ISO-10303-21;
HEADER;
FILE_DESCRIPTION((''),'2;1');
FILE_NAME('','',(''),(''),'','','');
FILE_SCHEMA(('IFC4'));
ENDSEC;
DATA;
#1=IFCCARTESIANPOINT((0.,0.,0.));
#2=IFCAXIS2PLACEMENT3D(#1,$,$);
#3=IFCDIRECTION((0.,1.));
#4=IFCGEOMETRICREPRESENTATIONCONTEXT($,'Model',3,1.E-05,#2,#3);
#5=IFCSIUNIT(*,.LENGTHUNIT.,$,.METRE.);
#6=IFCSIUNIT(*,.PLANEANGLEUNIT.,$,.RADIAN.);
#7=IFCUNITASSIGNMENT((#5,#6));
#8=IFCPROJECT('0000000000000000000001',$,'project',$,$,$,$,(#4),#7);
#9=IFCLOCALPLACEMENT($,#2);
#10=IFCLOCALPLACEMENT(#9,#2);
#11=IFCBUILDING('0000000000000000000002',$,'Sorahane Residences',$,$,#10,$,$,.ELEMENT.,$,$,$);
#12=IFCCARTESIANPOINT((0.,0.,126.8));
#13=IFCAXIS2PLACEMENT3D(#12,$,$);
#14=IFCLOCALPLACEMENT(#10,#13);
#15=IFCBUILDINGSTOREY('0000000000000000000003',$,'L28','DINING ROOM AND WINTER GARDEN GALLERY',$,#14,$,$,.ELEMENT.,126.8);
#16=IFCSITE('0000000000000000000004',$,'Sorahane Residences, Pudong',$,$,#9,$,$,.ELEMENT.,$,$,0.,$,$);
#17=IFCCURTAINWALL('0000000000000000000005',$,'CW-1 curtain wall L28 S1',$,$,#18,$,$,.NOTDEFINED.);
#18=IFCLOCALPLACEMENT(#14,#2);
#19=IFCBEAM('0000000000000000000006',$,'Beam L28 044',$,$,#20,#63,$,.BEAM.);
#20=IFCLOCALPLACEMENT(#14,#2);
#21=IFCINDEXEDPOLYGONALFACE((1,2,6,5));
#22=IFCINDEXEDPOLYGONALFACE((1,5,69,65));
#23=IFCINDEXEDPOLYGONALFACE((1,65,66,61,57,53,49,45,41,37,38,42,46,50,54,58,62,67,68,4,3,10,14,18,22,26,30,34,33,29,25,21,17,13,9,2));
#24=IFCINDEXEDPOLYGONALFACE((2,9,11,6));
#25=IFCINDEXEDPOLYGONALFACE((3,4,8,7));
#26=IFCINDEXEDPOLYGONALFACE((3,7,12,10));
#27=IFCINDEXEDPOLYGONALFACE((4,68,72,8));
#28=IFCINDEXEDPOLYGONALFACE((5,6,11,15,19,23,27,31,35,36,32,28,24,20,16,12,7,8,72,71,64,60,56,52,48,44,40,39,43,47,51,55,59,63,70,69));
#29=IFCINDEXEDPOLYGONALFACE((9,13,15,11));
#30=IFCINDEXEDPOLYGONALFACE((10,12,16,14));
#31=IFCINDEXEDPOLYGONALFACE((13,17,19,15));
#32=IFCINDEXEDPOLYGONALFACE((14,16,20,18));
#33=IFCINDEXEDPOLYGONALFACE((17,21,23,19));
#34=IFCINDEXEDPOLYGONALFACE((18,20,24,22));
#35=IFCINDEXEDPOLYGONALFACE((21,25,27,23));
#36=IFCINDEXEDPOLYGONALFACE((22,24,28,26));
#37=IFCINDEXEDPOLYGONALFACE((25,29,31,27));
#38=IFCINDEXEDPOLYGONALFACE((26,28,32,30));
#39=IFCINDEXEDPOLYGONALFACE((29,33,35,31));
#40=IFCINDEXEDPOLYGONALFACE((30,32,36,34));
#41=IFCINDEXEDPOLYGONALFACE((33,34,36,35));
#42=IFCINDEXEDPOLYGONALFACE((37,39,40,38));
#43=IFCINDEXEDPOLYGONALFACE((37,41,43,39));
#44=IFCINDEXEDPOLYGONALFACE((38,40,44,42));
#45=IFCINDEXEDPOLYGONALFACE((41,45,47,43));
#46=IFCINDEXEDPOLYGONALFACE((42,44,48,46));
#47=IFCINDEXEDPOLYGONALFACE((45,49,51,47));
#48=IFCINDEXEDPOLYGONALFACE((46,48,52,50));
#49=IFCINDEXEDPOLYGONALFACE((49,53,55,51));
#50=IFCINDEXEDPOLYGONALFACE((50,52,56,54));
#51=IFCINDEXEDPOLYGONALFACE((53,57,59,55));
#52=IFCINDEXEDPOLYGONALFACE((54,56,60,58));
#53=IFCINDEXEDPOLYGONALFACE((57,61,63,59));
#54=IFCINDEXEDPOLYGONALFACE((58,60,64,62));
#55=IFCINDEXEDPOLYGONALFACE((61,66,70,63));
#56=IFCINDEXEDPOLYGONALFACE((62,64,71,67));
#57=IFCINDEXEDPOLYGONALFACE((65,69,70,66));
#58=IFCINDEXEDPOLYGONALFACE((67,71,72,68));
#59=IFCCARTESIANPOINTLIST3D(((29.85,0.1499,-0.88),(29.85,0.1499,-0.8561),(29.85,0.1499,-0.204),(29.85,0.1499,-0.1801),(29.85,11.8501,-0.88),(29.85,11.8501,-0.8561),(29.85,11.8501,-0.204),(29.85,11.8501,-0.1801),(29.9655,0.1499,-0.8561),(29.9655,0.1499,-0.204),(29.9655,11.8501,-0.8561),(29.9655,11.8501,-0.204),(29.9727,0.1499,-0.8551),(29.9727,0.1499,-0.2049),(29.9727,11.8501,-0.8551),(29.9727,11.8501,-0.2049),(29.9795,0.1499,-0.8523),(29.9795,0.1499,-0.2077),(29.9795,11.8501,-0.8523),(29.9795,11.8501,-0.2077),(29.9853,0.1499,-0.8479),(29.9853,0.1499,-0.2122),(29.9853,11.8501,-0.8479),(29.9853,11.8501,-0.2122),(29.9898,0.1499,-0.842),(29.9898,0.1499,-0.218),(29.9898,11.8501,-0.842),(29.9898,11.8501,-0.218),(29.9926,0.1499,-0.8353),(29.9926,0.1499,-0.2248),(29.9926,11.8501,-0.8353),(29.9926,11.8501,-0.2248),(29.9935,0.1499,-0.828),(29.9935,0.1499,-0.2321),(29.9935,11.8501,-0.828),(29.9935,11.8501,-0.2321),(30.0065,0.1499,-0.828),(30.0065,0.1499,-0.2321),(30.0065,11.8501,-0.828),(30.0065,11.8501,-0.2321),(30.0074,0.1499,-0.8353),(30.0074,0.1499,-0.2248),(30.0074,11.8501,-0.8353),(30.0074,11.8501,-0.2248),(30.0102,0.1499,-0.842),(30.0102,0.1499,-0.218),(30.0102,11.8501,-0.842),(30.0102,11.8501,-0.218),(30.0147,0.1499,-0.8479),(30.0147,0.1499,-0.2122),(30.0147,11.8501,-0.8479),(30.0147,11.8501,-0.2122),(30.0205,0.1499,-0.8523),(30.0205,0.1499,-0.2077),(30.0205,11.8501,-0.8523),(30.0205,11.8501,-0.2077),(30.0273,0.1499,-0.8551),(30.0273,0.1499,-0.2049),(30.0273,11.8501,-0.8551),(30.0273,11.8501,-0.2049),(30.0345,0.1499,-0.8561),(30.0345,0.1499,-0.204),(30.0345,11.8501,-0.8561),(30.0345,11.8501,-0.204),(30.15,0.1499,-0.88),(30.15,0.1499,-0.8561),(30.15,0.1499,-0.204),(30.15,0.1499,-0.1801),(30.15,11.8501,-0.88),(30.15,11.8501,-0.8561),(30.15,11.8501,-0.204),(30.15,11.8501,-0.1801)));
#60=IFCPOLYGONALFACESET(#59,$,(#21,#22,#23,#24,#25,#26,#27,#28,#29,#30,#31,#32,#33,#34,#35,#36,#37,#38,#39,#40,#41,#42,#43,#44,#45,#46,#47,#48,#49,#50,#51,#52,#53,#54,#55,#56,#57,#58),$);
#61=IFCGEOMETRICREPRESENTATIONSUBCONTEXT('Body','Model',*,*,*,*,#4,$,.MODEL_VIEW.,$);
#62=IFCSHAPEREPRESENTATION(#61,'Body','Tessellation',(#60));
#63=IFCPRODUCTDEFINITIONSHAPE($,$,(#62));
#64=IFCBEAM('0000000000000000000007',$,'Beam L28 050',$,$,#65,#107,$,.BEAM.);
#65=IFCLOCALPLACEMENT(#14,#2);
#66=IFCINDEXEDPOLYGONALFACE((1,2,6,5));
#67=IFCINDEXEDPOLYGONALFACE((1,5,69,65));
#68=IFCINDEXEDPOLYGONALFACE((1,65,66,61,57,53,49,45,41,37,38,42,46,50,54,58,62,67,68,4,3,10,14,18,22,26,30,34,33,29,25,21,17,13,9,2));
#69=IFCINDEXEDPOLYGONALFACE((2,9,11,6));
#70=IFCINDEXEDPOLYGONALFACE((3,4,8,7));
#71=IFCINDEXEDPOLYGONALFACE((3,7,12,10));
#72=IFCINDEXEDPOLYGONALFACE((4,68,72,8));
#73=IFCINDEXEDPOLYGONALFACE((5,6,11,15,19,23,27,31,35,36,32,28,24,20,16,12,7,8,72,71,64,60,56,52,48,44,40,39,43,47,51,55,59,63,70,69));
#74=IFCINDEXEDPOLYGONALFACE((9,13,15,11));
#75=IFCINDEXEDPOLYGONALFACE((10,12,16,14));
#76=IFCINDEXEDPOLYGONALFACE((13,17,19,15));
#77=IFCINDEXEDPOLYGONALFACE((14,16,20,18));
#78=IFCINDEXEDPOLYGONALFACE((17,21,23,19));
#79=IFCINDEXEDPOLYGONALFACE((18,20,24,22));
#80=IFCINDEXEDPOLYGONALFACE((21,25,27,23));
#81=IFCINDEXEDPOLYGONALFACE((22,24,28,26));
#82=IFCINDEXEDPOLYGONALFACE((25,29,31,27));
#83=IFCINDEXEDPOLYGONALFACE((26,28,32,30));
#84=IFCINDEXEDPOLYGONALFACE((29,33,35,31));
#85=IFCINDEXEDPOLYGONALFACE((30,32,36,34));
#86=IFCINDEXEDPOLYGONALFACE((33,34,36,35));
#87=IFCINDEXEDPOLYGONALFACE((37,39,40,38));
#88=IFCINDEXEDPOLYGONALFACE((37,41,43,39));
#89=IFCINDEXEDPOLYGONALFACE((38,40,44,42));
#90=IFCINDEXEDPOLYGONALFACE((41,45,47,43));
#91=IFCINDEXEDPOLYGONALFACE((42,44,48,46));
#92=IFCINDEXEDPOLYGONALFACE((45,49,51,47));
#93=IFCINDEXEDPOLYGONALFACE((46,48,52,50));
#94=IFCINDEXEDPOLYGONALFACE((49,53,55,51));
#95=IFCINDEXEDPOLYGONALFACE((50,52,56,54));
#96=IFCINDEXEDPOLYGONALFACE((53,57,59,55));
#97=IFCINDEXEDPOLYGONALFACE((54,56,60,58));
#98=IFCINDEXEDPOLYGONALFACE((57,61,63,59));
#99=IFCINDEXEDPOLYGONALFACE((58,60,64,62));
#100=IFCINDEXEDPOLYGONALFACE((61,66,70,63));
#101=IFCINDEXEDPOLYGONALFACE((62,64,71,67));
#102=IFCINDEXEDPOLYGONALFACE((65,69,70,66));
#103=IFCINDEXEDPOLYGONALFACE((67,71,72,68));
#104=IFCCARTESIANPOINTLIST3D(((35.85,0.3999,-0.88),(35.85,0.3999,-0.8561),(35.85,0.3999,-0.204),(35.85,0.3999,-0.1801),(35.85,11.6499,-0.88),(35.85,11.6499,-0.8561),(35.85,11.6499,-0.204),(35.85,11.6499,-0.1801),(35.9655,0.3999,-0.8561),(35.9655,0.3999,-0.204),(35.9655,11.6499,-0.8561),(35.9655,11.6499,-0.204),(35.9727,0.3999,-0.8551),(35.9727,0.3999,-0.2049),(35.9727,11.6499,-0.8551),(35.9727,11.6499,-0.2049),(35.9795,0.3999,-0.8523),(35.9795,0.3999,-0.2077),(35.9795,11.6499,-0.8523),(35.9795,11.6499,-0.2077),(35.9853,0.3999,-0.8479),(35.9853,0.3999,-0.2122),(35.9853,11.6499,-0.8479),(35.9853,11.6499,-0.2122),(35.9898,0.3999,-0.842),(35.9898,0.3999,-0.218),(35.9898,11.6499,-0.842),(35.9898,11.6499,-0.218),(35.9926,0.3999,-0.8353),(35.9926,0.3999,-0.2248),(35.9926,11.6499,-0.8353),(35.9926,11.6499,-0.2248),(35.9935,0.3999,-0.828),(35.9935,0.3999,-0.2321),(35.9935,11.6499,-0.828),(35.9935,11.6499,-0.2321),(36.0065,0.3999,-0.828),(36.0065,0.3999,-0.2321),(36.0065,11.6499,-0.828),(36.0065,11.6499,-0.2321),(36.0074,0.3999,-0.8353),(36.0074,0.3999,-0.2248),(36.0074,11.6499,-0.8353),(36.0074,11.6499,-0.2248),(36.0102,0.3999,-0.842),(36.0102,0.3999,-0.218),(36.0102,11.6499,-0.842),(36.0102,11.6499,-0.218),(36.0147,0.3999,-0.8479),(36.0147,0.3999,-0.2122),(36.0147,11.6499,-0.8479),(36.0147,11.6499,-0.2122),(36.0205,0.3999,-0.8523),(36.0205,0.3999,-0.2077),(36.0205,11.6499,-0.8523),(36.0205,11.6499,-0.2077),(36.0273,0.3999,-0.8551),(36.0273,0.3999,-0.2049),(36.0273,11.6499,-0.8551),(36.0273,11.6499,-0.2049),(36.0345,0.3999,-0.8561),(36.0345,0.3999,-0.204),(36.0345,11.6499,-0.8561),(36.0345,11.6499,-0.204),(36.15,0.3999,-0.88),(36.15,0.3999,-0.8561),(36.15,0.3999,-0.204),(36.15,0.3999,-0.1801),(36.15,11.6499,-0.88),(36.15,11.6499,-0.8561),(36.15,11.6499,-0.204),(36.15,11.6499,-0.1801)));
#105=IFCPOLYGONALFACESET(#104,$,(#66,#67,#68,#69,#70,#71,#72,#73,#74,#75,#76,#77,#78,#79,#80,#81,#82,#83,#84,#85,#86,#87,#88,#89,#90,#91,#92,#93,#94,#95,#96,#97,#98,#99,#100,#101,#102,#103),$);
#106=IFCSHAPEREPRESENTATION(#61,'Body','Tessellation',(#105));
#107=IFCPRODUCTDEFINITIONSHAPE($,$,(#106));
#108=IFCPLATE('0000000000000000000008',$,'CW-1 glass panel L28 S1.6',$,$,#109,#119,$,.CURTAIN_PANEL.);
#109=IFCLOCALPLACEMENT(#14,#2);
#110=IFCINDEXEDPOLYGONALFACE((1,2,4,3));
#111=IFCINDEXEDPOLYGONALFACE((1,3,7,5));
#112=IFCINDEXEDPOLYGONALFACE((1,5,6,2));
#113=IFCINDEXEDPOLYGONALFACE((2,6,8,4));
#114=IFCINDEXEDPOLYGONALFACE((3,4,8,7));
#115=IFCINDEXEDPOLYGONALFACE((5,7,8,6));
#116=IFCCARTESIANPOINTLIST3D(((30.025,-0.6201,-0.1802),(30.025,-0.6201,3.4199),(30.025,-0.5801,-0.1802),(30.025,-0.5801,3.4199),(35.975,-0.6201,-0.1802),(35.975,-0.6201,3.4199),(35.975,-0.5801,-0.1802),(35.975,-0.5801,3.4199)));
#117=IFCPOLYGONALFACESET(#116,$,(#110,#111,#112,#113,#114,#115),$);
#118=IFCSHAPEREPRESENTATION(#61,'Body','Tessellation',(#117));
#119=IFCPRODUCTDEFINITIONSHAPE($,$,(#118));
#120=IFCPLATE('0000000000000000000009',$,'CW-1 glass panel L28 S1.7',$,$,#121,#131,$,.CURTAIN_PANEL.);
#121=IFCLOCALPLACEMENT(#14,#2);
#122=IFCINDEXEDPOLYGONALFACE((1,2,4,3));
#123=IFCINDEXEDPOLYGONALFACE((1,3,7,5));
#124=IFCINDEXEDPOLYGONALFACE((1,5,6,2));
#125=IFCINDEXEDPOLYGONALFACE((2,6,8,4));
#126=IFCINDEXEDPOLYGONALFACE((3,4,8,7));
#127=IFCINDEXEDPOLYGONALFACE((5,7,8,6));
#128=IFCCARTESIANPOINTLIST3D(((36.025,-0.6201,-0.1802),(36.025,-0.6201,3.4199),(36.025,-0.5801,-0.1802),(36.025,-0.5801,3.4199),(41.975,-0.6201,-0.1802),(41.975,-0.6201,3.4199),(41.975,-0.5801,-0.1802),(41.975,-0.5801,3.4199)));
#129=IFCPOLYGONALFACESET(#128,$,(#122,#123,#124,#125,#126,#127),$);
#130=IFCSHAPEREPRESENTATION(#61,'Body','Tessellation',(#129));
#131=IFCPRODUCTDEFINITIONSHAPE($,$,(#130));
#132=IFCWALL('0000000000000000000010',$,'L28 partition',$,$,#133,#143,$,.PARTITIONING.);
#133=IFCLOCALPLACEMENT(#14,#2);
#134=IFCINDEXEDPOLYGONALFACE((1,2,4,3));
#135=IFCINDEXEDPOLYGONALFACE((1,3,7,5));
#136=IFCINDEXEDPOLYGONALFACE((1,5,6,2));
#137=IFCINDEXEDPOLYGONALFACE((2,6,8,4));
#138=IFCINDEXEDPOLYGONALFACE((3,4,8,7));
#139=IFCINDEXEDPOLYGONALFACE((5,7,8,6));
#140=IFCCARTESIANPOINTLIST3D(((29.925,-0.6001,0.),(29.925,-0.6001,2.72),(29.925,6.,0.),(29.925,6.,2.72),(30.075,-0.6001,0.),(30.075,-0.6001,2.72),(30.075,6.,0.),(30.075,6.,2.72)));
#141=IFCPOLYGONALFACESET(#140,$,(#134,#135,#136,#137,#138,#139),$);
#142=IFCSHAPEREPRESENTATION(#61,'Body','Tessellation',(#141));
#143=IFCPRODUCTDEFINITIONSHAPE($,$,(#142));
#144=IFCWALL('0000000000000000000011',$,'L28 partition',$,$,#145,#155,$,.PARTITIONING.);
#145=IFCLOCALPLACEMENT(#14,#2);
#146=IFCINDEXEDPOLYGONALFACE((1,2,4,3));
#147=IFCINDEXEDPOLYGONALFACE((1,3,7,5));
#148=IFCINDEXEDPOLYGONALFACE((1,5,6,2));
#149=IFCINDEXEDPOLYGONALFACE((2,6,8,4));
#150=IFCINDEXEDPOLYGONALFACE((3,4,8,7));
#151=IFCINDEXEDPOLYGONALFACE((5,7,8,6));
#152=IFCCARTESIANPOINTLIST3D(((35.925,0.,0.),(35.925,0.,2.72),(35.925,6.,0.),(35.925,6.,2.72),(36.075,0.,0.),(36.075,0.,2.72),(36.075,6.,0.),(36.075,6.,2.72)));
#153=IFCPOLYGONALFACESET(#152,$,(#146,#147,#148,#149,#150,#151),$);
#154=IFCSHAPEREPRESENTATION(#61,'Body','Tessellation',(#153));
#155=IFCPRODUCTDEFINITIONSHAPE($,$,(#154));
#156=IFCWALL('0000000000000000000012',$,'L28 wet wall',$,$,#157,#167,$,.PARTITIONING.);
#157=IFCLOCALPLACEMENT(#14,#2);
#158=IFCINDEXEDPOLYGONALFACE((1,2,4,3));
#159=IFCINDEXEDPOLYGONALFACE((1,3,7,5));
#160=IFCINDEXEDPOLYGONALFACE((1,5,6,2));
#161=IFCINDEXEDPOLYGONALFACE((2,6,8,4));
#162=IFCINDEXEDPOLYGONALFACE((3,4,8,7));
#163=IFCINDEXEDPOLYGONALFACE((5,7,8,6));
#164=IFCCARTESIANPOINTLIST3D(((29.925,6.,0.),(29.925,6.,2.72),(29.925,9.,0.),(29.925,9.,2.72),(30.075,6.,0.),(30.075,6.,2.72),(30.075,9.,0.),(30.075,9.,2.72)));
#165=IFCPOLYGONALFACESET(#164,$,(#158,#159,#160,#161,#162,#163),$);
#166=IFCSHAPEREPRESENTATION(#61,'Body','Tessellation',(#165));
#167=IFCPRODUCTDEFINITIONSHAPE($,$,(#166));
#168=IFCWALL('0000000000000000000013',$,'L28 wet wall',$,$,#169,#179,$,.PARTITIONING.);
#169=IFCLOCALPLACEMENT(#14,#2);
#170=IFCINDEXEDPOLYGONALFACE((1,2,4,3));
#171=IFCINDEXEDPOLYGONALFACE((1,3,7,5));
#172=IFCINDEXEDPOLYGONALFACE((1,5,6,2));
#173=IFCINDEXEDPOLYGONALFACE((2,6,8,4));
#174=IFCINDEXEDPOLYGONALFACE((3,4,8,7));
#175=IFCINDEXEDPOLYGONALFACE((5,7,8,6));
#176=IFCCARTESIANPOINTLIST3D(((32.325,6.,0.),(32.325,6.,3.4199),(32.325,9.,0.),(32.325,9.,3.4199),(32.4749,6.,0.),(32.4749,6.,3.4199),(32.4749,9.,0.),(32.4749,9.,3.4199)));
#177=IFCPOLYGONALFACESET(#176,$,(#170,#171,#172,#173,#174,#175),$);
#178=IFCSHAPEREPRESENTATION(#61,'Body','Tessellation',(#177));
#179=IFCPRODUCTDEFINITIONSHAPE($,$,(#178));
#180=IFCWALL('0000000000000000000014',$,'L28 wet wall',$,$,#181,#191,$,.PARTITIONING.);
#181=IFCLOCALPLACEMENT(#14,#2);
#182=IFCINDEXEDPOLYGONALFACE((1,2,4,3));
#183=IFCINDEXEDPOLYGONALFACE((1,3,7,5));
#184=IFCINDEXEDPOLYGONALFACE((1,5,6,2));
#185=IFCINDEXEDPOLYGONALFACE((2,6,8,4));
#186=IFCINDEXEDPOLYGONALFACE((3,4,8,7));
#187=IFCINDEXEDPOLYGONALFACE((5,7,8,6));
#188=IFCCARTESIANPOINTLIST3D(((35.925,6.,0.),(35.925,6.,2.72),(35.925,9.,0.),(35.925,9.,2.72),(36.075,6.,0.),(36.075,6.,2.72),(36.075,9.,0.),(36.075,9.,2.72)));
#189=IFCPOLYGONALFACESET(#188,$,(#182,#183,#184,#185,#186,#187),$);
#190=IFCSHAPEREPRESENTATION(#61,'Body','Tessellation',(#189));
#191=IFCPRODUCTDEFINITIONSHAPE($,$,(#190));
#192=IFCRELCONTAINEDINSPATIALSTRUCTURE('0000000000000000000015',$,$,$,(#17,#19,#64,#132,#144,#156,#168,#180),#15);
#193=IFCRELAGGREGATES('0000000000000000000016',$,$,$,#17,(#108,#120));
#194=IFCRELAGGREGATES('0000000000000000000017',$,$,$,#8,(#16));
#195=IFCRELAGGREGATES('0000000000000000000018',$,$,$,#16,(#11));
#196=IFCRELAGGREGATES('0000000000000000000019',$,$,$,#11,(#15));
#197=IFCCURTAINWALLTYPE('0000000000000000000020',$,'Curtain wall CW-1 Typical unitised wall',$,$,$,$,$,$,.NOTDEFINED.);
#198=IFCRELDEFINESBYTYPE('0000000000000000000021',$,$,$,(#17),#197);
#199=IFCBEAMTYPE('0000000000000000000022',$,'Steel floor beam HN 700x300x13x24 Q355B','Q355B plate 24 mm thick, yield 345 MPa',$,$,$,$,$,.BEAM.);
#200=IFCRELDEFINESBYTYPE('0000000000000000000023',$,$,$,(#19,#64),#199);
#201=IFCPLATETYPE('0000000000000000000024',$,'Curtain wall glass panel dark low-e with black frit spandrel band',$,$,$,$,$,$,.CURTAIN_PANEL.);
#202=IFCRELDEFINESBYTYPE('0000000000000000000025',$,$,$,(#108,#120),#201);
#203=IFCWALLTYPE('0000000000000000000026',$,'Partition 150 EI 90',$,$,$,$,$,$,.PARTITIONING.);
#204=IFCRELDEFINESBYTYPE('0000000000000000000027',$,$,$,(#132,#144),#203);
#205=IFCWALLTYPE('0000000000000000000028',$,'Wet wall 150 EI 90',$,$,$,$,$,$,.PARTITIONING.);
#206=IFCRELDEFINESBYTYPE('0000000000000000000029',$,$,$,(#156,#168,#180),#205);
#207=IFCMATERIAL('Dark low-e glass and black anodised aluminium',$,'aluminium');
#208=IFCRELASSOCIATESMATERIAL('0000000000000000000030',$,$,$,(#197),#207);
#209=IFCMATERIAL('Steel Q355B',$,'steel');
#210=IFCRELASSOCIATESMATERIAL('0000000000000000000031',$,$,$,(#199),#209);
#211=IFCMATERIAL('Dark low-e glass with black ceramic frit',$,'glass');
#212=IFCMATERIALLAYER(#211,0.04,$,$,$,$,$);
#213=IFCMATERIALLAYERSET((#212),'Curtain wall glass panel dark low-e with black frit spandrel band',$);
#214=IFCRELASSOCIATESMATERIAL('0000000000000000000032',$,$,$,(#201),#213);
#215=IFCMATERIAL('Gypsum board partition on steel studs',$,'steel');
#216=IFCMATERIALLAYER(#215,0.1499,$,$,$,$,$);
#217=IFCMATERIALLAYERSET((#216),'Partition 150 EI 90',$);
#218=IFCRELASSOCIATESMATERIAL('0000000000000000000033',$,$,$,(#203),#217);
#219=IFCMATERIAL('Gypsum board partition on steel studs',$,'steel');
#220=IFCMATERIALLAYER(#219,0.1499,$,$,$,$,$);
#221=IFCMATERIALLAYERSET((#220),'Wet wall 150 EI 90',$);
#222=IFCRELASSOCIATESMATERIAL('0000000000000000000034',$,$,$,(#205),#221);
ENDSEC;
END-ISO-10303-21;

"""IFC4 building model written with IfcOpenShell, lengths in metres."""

from ifc_helpers import new_model, si_unit, direction, frame, frame_2d, origin, origin_2d, place, context, subcontext, project, spatial, rectangle, i_section, extrude, material, layer, layer_set, material_profile, profile_set, type_object, element, aggregate, save


model = new_model("IFC4")

# Units and contexts
model_context = context("Model", 3, precision=1e-05, world=origin(), true_north=direction((0.0, 1.0)))
body_context = subcontext(model_context, "Body", "Model", "MODEL_VIEW")
ifc_project = project(units=[si_unit("LENGTHUNIT", "METRE"), si_unit("PLANEANGLEUNIT", "RADIAN")], contexts=[model_context])

# Site, building, storey
site_placement = place(None, origin())
site = spatial("IfcSite", under=ifc_project, at=site_placement, Name="Sorahane Residences, Pudong", CompositionType="ELEMENT", RefElevation=0.0)
building_placement = place(site_placement, origin())
building = spatial("IfcBuilding", under=site, at=building_placement, Name="Sorahane Residences", CompositionType="ELEMENT")
storey_placement = place(building_placement, frame((0.0, 0.0, 126.8)))
storey = spatial("IfcBuildingStorey", under=building, at=storey_placement, Name="L28", Description="DINING ROOM AND WINTER GARDEN GALLERY", CompositionType="ELEMENT", Elevation=126.8)

# Curtain wall
ifc_material_1 = material(Name="Dark low-e glass and black anodised aluminium", Category="aluminium")
curtain_wall_type = type_object("IfcCurtainWallType", Name="Curtain wall CW-1 Typical unitised wall", PredefinedType="NOTDEFINED", material=ifc_material_1)
curtain_wall_placement = place(storey_placement, origin())
curtain_wall = element("IfcCurtainWall", 1, at=curtain_wall_placement, inside=storey, type_object=curtain_wall_type, Name="CW-1 curtain wall L28 S1", PredefinedType="NOTDEFINED")

# Beams
ifc_material_2 = material(Name="Steel Q355B", Category="steel")
ifc_material_profile_1 = material_profile(ifc_material_2, i_section(OverallWidth=0.3, OverallDepth=0.7, WebThickness=0.0129, FlangeThickness=0.0239, FilletRadius=0.0281, at=origin_2d()), Name="HN 700x300x13x24")
ifc_profile_set_1 = profile_set([ifc_material_profile_1], Name="Steel Q355B")
beam_type_1 = type_object("IfcBeamType", Name="Steel floor beam HN 700x300x13x24 Q355B", Description="Q355B plate 24 mm thick, yield 345 MPa", PredefinedType="BEAM", material=ifc_profile_set_1)
beam_1_placement = place(storey_placement, frame((30.0, 0.1499, -0.53), z_axis=(0.0, 1.0, 0.0), x_axis=(-1.0, 0.0, 0.0)))
element("IfcBeam", 2, at=beam_1_placement, inside=storey, type_object=beam_type_1, Name="Beam L28 044", PredefinedType="BEAM", context=body_context, shape_type="SweptSolid", body=[
    extrude(i_section(OverallWidth=0.3, OverallDepth=0.7, WebThickness=0.0129, FlangeThickness=0.0239, FilletRadius=0.0281, at=origin_2d()), origin(), (0.0, 0.0, 1.0), 11.7002),
])
beam_2_placement = place(storey_placement, frame((36.0, 0.3999, -0.53), z_axis=(0.0, 1.0, 0.0), x_axis=(-1.0, 0.0, 0.0)))
element("IfcBeam", 3, at=beam_2_placement, inside=storey, type_object=beam_type_1, Name="Beam L28 050", PredefinedType="BEAM", context=body_context, shape_type="SweptSolid", body=[
    extrude(i_section(OverallWidth=0.3, OverallDepth=0.7, WebThickness=0.0129, FlangeThickness=0.0239, FilletRadius=0.0281, at=origin_2d()), origin(), (0.0, 0.0, 1.0), 11.25),
])

# Plates
ifc_material_3 = material(Name="Dark low-e glass with black ceramic frit", Category="glass")
ifc_layer_1 = layer(ifc_material_3, 0.04)
ifc_layer_set_1 = layer_set([ifc_layer_1], Name="Curtain wall glass panel dark low-e with black frit spandrel band")
plate_type = type_object("IfcPlateType", Name="Curtain wall glass panel dark low-e with black frit spandrel band", PredefinedType="CURTAIN_PANEL", material=ifc_layer_set_1)
plate_1_placement = place(storey_placement, frame((33.0, -0.6001, -0.1802), z_axis=(0.0, 0.0, 1.0), x_axis=(1.0, 0.0, 0.0)))
plate_1 = element("IfcPlate", 4, at=plate_1_placement, type_object=plate_type, Name="CW-1 glass panel L28 S1.6", PredefinedType="CURTAIN_PANEL", context=body_context, shape_type="SweptSolid", body=[
    extrude(rectangle(XDim=5.95, YDim=0.04, at=origin_2d()), origin(), (0.0, 0.0, 1.0), 3.6001),
])
plate_2_placement = place(storey_placement, frame((39.0, -0.6001, -0.1802), z_axis=(0.0, 0.0, 1.0), x_axis=(1.0, 0.0, 0.0)))
plate_2 = element("IfcPlate", 5, at=plate_2_placement, type_object=plate_type, Name="CW-1 glass panel L28 S1.7", PredefinedType="CURTAIN_PANEL", context=body_context, shape_type="SweptSolid", body=[
    extrude(rectangle(XDim=5.95, YDim=0.04, at=origin_2d()), origin(), (0.0, 0.0, 1.0), 3.6001),
])
aggregate(curtain_wall, [plate_1, plate_2])

# Walls
ifc_material_4 = material(Name="Gypsum board partition on steel studs", Category="steel")
ifc_layer_2 = layer(ifc_material_4, 0.1499)
ifc_layer_set_2 = layer_set([ifc_layer_2], Name="Partition 150 EI 90")
wall_type_1 = type_object("IfcWallType", Name="Partition 150 EI 90", PredefinedType="PARTITIONING", material=ifc_layer_set_2)
wall_1_placement = place(storey_placement, frame((30.0, -0.6001, 0.0), z_axis=(0.0, 0.0, 1.0), x_axis=(0.0, 1.0, 0.0)))
element("IfcWall", 6, at=wall_1_placement, inside=storey, type_object=wall_type_1, Name="L28 partition", PredefinedType="PARTITIONING", context=body_context, shape_type="SweptSolid", body=[
    extrude(rectangle(XDim=6.6001, YDim=0.1499, at=frame_2d((3.3, 0.0))), origin(), (0.0, 0.0, 1.0), 2.72),
])
wall_2_placement = place(storey_placement, frame((36.0, 0.0, 0.0), z_axis=(0.0, 0.0, 1.0), x_axis=(0.0, 1.0, 0.0)))
element("IfcWall", 7, at=wall_2_placement, inside=storey, type_object=wall_type_1, Name="L28 partition", PredefinedType="PARTITIONING", context=body_context, shape_type="SweptSolid", body=[
    extrude(rectangle(XDim=6.0, YDim=0.1499, at=frame_2d((3.0, 0.0))), origin(), (0.0, 0.0, 1.0), 2.72),
])

# Walls
ifc_material_5 = material(Name="Gypsum board partition on steel studs", Category="steel")
ifc_layer_3 = layer(ifc_material_5, 0.1499)
ifc_layer_set_3 = layer_set([ifc_layer_3], Name="Wet wall 150 EI 90")
wall_type_2 = type_object("IfcWallType", Name="Wet wall 150 EI 90", PredefinedType="PARTITIONING", material=ifc_layer_set_3)
wall_3_placement = place(storey_placement, frame((30.0, 6.0, 0.0), z_axis=(0.0, 0.0, 1.0), x_axis=(0.0, 1.0, 0.0)))
element("IfcWall", 8, at=wall_3_placement, inside=storey, type_object=wall_type_2, Name="L28 wet wall", PredefinedType="PARTITIONING", context=body_context, shape_type="SweptSolid", body=[
    extrude(rectangle(XDim=3.0, YDim=0.1499, at=frame_2d((1.5, 0.0))), origin(), (0.0, 0.0, 1.0), 2.72),
])
wall_4_placement = place(storey_placement, frame((32.3999, 6.0, 0.0), z_axis=(0.0, 0.0, 1.0), x_axis=(0.0, 1.0, 0.0)))
element("IfcWall", 9, at=wall_4_placement, inside=storey, type_object=wall_type_2, Name="L28 wet wall", PredefinedType="PARTITIONING", context=body_context, shape_type="SweptSolid", body=[
    extrude(rectangle(XDim=3.0, YDim=0.1499, at=frame_2d((1.5, 0.0))), origin(), (0.0, 0.0, 1.0), 3.4199),
])
wall_5_placement = place(storey_placement, frame((36.0, 6.0, 0.0), z_axis=(0.0, 0.0, 1.0), x_axis=(0.0, 1.0, 0.0)))
element("IfcWall", 10, at=wall_5_placement, inside=storey, type_object=wall_type_2, Name="L28 wet wall", PredefinedType="PARTITIONING", context=body_context, shape_type="SweptSolid", body=[
    extrude(rectangle(XDim=3.0, YDim=0.1499, at=frame_2d((1.5, 0.0))), origin(), (0.0, 0.0, 1.0), 2.72),
])

save(model, "model.ifc")
